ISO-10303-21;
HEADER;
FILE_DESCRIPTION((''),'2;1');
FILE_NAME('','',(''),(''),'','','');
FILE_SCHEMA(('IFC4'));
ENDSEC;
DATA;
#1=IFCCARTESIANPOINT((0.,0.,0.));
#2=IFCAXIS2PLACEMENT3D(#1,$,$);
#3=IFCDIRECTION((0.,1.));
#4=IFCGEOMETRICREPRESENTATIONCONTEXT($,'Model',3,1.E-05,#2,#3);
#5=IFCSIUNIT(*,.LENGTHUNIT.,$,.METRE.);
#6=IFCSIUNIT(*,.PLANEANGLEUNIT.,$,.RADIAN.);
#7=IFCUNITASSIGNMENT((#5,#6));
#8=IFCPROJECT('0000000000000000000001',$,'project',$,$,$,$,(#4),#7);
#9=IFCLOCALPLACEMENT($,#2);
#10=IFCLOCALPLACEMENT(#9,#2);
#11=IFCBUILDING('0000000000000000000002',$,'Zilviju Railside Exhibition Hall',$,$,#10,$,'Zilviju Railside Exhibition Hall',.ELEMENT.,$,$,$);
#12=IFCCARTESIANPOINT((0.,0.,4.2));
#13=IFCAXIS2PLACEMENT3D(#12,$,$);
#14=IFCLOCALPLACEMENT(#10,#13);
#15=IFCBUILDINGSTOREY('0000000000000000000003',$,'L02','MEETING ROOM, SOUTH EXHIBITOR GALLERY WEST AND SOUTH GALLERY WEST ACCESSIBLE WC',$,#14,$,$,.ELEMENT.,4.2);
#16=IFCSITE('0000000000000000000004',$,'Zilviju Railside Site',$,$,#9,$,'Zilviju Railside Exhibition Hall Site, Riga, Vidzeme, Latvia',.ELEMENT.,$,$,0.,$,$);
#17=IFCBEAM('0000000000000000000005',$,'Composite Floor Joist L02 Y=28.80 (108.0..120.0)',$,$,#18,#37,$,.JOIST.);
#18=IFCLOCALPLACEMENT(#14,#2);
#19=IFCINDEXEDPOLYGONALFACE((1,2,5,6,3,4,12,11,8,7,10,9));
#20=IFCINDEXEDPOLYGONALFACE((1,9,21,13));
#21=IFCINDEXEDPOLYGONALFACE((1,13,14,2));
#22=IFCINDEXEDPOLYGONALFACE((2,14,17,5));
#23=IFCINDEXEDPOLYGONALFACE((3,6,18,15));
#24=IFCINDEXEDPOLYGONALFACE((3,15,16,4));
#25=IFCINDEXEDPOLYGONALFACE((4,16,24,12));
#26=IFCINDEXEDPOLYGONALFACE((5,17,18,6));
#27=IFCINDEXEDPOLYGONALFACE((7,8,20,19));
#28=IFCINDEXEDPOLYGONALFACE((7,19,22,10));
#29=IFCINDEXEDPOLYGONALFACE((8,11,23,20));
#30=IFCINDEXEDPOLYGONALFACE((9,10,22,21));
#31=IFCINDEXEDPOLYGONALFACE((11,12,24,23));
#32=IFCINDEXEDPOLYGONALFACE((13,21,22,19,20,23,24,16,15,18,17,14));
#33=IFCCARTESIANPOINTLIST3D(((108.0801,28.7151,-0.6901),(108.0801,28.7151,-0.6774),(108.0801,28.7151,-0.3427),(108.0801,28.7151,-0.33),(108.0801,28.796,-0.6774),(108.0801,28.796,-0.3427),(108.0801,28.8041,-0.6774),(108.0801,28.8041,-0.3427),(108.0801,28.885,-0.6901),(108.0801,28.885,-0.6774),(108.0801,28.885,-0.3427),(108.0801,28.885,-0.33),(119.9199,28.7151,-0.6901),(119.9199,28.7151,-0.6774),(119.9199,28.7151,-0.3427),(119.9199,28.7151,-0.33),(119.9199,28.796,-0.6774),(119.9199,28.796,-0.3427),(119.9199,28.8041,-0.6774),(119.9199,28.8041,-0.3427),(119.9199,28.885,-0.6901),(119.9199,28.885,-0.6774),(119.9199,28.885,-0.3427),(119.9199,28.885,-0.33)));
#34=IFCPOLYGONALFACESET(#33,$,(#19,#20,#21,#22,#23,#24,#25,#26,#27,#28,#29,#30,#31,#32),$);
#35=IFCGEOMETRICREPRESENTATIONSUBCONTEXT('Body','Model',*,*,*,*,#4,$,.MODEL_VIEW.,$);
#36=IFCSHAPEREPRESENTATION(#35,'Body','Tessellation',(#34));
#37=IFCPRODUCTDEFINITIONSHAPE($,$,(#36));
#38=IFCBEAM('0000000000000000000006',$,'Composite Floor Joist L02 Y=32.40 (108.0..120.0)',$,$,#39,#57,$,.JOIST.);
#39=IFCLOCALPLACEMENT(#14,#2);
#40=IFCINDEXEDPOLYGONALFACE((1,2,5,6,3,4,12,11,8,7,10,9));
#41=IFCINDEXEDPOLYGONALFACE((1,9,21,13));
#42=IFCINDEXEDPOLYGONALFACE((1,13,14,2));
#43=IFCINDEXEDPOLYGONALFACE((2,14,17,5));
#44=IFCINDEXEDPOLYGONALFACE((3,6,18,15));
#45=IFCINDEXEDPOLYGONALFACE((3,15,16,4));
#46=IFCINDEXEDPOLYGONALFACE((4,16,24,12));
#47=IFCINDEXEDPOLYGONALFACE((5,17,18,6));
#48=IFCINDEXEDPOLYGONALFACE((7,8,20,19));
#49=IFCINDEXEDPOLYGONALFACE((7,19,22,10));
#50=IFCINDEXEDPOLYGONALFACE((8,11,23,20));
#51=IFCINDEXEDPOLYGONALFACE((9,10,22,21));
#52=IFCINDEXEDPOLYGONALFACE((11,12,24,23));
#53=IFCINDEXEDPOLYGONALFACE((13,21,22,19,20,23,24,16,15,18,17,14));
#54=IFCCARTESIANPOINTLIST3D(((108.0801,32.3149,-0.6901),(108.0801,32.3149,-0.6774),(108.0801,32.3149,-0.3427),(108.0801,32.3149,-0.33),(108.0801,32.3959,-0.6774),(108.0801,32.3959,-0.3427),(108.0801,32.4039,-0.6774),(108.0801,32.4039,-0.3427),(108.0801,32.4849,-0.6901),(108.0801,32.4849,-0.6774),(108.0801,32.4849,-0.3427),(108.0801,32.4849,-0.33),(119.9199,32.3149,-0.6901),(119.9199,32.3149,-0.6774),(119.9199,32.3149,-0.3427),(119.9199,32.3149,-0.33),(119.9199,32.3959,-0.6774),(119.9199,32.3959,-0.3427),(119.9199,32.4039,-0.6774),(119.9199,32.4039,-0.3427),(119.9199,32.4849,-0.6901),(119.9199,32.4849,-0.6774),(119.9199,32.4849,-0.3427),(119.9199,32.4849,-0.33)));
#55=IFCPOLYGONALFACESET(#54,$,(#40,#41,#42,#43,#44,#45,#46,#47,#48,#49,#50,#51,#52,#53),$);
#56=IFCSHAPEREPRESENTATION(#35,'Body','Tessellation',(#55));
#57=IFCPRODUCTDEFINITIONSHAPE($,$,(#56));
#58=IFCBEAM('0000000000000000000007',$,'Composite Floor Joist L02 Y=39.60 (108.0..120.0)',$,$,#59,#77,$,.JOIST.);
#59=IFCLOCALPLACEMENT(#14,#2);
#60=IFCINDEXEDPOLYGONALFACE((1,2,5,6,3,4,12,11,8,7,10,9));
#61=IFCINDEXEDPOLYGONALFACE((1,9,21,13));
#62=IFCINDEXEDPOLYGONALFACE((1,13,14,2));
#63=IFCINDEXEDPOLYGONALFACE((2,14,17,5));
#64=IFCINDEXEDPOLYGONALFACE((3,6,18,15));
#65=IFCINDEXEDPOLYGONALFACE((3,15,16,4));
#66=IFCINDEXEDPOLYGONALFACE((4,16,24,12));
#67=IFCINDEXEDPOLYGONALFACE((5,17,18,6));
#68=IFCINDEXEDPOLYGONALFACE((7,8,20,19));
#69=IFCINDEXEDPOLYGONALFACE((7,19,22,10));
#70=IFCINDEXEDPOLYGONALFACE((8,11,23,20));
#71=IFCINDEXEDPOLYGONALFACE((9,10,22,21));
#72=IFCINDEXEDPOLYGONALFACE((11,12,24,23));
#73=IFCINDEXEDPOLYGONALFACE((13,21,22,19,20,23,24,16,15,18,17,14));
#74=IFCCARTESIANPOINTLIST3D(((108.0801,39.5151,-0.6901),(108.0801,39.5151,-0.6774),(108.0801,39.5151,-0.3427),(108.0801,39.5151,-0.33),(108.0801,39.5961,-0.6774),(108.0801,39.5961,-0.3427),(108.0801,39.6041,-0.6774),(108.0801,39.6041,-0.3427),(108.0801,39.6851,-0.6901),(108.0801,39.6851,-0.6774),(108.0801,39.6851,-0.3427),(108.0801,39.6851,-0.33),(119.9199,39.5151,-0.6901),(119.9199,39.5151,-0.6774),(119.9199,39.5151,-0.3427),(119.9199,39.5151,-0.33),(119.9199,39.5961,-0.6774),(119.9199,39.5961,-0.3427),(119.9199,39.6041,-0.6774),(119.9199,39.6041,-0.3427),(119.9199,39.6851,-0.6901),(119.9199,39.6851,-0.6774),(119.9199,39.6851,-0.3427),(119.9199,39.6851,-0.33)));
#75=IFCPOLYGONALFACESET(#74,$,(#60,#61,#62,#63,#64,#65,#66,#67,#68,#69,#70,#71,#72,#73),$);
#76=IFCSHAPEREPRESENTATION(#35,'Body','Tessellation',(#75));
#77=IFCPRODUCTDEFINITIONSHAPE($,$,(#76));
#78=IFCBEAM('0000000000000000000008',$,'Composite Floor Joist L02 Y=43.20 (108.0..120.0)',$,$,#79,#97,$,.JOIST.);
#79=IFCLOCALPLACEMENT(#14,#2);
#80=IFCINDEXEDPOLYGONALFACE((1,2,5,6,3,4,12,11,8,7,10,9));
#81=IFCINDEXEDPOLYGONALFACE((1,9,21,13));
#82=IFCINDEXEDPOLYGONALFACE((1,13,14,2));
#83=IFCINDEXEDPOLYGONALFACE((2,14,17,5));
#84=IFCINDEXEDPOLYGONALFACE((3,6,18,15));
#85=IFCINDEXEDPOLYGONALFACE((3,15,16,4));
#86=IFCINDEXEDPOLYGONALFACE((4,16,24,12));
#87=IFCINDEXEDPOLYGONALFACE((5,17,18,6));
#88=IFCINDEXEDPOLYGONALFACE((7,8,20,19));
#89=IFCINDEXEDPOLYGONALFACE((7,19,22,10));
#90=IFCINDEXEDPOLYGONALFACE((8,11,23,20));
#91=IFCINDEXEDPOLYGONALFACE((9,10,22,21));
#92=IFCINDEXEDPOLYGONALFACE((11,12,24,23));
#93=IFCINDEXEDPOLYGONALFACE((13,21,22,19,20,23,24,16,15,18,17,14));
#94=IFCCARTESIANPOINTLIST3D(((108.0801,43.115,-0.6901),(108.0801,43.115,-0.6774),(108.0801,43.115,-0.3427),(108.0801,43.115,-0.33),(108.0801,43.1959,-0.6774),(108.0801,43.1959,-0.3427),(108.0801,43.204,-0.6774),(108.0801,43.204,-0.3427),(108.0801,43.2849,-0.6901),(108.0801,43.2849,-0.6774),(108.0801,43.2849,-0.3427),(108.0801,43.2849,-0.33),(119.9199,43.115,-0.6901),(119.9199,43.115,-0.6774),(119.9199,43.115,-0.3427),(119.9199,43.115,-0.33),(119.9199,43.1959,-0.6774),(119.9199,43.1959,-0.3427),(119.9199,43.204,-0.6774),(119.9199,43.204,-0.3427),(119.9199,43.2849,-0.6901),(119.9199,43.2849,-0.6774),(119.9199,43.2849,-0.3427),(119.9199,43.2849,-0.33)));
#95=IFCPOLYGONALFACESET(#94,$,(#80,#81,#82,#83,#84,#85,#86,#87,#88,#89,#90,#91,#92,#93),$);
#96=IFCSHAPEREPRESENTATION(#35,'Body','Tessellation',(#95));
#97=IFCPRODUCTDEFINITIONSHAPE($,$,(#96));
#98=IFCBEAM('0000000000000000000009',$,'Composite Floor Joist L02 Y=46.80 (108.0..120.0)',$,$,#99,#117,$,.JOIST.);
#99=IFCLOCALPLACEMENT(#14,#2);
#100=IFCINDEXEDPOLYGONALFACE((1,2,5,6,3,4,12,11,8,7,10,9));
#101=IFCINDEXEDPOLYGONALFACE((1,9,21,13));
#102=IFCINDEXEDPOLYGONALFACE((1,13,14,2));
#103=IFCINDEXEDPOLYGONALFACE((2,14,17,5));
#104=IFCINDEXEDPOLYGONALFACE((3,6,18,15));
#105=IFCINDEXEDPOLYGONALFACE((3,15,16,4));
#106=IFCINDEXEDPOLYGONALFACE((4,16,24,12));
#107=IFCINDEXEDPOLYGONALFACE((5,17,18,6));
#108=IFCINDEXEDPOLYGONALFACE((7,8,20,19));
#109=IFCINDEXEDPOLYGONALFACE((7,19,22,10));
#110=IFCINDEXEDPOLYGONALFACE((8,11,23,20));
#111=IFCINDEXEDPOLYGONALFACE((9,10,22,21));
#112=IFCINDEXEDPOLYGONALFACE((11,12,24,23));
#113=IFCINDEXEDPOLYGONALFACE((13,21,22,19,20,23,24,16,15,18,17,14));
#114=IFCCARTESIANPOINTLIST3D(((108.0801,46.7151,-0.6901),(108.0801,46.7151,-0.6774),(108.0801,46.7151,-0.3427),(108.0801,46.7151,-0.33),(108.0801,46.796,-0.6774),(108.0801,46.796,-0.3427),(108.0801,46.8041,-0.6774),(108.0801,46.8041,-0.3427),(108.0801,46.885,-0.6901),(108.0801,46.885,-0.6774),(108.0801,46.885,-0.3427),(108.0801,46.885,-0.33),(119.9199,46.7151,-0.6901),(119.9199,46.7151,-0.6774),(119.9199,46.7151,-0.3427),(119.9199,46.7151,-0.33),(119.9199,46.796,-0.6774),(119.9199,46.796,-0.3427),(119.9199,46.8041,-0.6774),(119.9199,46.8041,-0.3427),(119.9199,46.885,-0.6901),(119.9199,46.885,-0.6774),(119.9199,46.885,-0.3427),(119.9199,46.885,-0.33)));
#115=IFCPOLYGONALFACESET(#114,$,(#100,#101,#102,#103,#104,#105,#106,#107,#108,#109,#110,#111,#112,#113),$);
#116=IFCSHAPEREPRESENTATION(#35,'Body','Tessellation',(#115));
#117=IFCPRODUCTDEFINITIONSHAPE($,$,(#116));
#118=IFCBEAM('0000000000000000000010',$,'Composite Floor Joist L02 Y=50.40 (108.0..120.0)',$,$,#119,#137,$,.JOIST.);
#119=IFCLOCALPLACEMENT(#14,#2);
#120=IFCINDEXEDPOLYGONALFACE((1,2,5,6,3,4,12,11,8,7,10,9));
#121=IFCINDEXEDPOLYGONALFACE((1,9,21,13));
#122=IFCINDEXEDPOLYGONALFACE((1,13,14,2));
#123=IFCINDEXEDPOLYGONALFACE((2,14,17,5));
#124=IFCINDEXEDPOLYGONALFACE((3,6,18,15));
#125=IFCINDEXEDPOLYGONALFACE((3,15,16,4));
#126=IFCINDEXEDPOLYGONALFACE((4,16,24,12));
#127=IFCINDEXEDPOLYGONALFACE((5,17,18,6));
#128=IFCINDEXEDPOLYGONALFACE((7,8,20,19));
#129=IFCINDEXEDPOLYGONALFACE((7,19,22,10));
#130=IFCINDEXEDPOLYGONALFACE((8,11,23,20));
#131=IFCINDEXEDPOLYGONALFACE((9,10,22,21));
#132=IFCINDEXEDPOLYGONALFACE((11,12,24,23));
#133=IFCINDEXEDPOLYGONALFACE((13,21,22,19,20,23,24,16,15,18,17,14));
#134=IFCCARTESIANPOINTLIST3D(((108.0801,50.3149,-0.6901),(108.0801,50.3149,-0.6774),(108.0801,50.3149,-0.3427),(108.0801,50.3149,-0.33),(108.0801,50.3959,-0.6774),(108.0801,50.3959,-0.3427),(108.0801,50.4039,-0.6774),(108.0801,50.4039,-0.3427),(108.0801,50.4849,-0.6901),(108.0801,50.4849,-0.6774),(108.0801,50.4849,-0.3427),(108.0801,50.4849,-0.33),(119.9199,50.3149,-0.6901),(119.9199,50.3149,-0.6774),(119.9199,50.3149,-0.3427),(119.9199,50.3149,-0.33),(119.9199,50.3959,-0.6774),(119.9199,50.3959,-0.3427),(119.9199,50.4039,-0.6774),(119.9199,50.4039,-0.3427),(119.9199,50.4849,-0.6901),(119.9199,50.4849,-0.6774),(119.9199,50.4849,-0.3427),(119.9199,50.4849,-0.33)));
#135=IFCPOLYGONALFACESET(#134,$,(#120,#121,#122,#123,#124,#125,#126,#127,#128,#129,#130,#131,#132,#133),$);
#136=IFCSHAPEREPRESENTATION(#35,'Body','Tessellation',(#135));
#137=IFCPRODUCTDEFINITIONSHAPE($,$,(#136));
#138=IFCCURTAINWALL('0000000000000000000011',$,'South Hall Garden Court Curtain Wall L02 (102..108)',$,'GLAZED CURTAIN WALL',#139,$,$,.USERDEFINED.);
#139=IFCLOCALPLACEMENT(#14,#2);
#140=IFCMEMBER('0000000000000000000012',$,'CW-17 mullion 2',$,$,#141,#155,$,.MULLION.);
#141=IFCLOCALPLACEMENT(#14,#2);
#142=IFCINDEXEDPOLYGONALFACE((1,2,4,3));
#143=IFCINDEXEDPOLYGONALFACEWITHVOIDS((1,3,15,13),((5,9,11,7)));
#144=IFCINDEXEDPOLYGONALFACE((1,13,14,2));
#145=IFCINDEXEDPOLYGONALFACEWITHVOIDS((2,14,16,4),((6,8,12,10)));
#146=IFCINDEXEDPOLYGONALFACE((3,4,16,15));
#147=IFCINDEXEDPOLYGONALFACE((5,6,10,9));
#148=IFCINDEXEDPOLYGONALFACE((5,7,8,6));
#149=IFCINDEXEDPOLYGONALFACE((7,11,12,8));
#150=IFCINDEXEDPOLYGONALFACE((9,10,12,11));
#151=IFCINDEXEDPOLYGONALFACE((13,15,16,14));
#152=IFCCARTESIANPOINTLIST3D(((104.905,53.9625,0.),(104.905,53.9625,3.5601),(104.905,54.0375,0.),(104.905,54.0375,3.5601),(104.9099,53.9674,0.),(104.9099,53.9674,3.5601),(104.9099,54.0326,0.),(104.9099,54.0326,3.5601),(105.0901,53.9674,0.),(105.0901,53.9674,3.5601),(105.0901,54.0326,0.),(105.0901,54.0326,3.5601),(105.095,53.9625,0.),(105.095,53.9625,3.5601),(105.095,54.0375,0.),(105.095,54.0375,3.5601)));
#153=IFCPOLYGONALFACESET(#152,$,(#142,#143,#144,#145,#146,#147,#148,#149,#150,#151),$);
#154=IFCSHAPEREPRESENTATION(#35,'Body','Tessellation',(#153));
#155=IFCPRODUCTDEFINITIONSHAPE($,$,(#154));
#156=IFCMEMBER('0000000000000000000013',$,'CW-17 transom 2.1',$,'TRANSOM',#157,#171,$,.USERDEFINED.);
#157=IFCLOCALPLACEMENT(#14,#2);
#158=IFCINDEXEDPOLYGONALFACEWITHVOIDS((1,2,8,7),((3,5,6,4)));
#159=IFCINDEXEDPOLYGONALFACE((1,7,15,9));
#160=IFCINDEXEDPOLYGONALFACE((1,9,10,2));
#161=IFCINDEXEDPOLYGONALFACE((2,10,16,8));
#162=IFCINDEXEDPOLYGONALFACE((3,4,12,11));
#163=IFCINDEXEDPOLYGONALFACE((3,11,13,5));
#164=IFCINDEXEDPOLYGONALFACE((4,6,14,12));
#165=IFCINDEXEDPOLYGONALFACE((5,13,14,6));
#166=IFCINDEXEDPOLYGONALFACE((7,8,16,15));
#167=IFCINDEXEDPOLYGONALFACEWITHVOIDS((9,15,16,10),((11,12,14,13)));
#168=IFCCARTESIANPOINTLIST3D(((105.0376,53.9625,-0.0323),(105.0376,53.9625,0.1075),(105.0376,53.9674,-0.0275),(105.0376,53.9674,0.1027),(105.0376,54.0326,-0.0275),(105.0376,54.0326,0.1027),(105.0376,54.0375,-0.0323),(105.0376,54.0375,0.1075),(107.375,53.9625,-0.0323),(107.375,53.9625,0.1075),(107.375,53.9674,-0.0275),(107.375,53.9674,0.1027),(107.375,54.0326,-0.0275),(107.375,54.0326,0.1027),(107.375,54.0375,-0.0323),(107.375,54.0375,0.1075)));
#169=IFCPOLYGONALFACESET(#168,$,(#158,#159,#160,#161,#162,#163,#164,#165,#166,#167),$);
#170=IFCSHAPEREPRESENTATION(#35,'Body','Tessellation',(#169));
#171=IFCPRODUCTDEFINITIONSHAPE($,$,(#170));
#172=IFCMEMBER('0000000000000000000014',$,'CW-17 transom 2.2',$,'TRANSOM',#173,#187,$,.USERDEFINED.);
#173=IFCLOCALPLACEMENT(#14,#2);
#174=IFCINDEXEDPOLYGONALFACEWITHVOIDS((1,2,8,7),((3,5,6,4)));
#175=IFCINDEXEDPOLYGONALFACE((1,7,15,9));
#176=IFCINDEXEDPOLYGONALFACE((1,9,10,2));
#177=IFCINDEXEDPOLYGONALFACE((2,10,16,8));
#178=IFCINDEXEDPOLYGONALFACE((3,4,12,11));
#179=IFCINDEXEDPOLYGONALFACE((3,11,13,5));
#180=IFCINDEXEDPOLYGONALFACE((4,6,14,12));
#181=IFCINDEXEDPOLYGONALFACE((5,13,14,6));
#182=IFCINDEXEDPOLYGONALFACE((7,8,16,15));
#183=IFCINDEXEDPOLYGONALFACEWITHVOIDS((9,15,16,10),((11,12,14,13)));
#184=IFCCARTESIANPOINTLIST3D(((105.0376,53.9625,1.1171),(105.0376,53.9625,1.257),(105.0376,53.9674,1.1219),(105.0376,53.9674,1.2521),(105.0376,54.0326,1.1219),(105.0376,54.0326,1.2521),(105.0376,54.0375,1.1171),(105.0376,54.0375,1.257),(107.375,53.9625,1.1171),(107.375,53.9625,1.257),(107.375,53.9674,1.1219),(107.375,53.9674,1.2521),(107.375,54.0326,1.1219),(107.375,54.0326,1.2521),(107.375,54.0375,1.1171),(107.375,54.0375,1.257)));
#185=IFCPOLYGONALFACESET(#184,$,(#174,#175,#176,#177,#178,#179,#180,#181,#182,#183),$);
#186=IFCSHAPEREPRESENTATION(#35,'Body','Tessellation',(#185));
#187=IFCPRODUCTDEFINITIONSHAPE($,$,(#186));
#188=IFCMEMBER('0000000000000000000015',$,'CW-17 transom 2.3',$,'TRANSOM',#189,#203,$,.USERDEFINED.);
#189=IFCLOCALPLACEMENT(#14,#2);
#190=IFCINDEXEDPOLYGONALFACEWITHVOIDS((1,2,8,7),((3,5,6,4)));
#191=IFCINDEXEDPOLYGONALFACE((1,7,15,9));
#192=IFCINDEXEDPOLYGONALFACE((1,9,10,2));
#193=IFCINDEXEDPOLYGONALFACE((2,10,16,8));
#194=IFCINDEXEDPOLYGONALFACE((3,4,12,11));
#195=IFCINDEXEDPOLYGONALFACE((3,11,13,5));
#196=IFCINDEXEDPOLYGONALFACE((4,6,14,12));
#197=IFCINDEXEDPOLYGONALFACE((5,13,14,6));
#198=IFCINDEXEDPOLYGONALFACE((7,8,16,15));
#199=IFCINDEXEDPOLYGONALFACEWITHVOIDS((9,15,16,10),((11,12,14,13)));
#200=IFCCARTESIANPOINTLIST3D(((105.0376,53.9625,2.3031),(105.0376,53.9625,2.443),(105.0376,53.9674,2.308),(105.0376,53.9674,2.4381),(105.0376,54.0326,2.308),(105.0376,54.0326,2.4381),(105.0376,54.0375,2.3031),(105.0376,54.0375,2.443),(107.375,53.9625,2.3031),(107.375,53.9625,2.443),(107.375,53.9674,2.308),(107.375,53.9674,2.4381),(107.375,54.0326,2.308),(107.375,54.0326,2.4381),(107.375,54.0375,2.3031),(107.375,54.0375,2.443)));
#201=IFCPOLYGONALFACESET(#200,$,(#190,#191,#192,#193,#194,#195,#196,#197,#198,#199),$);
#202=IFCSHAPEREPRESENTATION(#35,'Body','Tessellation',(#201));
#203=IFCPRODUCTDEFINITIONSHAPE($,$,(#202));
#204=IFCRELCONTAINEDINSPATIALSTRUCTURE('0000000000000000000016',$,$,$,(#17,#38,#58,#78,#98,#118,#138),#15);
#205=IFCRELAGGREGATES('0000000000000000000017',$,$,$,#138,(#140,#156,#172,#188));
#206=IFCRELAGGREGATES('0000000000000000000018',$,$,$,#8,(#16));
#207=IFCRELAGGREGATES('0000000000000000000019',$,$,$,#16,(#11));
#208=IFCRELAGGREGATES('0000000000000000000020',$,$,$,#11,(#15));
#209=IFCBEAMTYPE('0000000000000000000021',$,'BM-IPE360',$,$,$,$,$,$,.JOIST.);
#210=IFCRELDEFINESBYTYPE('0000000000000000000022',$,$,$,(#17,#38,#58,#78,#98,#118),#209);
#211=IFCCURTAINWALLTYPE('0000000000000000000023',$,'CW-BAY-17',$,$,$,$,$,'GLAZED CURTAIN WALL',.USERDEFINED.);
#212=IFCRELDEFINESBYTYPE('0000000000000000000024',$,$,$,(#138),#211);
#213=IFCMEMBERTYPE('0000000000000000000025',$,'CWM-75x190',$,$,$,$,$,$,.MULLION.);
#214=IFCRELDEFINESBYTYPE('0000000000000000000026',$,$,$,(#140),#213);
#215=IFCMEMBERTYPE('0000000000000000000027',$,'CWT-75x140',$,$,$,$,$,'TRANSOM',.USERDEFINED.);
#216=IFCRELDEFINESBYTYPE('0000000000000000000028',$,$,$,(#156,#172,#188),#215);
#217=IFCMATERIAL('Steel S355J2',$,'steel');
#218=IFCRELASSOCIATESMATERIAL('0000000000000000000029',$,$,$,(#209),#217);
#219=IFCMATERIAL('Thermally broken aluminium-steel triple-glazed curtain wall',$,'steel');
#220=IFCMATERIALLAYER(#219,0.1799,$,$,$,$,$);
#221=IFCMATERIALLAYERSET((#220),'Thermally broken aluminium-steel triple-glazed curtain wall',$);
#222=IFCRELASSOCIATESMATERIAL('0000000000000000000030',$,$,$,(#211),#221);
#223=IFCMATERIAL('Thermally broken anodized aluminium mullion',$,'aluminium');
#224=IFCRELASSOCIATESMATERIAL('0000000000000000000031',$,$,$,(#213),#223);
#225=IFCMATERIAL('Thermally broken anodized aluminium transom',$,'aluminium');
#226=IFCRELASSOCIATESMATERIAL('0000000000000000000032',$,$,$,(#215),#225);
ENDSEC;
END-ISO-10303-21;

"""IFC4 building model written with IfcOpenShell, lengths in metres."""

from ifc_helpers import new_model, si_unit, direction, frame, origin, origin_2d, place, context, subcontext, project, spatial, hollow_rectangle, i_section, extrude, material, layer, layer_set, material_profile, profile_set, type_object, element, aggregate, save


model = new_model("IFC4")

# Units and contexts
model_context = context("Model", 3, precision=1e-05, world=origin(), true_north=direction((0.0, 1.0)))
body_context = subcontext(model_context, "Body", "Model", "MODEL_VIEW")
ifc_project = project(units=[si_unit("LENGTHUNIT", "METRE"), si_unit("PLANEANGLEUNIT", "RADIAN")], contexts=[model_context])

# Site, building, storey
site_placement = place(None, origin())
site = spatial("IfcSite", under=ifc_project, at=site_placement, Name="Zilviju Railside Site", LongName="Zilviju Railside Exhibition Hall Site, Riga, Vidzeme, Latvia", CompositionType="ELEMENT", RefElevation=0.0)
building_placement = place(site_placement, origin())
building = spatial("IfcBuilding", under=site, at=building_placement, Name="Zilviju Railside Exhibition Hall", LongName="Zilviju Railside Exhibition Hall", CompositionType="ELEMENT")
storey_placement = place(building_placement, frame((0.0, 0.0, 4.2)))
storey = spatial("IfcBuildingStorey", under=building, at=storey_placement, Name="L02", Description="MEETING ROOM, SOUTH EXHIBITOR GALLERY WEST AND SOUTH GALLERY WEST ACCESSIBLE WC", CompositionType="ELEMENT", Elevation=4.2)

# Beams
ifc_material_1 = material(Name="Steel S355J2", Category="steel")
ifc_material_profile_1 = material_profile(ifc_material_1, i_section(OverallWidth=0.1699, OverallDepth=0.3601, WebThickness=0.0081, FlangeThickness=0.0127, at=origin_2d()), Name="IPE 360")
ifc_profile_set_1 = profile_set([ifc_material_profile_1], Name="Steel S355J2")
beam_type_1 = type_object("IfcBeamType", Name="BM-IPE360", PredefinedType="JOIST", material=ifc_profile_set_1)
for number, where, z_axis, x_axis, name in (
    (1, (108.0801, 28.8, -0.51), (1.0, 0.0, 0.0), (0.0, 1.0, 0.0), "Composite Floor Joist L02 Y=28.80 (108.0..120.0)"),
    (2, (108.0801, 32.3999, -0.51), (1.0, 0.0, 0.0), (0.0, 1.0, 0.0), "Composite Floor Joist L02 Y=32.40 (108.0..120.0)"),
    (3, (108.0801, 39.6001, -0.51), (1.0, 0.0, 0.0), (0.0, 1.0, 0.0), "Composite Floor Joist L02 Y=39.60 (108.0..120.0)"),
    (4, (108.0801, 43.2, -0.51), (1.0, 0.0, 0.0), (0.0, 1.0, 0.0), "Composite Floor Joist L02 Y=43.20 (108.0..120.0)"),
    (5, (108.0801, 46.8, -0.51), (1.0, 0.0, 0.0), (0.0, 1.0, 0.0), "Composite Floor Joist L02 Y=46.80 (108.0..120.0)"),
    (6, (108.0801, 50.3999, -0.51), (1.0, 0.0, 0.0), (0.0, 1.0, 0.0), "Composite Floor Joist L02 Y=50.40 (108.0..120.0)"),
):
    element("IfcBeam", number, at=place(storey_placement, frame(where, z_axis=z_axis, x_axis=x_axis)), inside=storey, type_object=beam_type_1, Name=name, PredefinedType="JOIST", context=body_context, shape_type="SweptSolid", body=[
        extrude(i_section(OverallWidth=0.1699, OverallDepth=0.3601, WebThickness=0.0081, FlangeThickness=0.0127, at=origin_2d()), origin(), (0.0, 0.0, 1.0), 11.8398),
    ])

# Curtain wall, members
ifc_material_2 = material(Name="Thermally broken aluminium-steel triple-glazed curtain wall", Category="steel")
ifc_layer_1 = layer(ifc_material_2, 0.1799)
ifc_layer_set_1 = layer_set([ifc_layer_1], Name="Thermally broken aluminium-steel triple-glazed curtain wall")
curtain_wall_type = type_object("IfcCurtainWallType", Name="CW-BAY-17", ElementType="GLAZED CURTAIN WALL", PredefinedType="USERDEFINED", material=ifc_layer_set_1)
curtain_wall_placement = place(storey_placement, origin())
curtain_wall = element("IfcCurtainWall", 7, at=curtain_wall_placement, inside=storey, type_object=curtain_wall_type, Name="South Hall Garden Court Curtain Wall L02 (102..108)", ObjectType="GLAZED CURTAIN WALL", PredefinedType="USERDEFINED")
ifc_material_3 = material(Name="Thermally broken anodized aluminium mullion", Category="aluminium")
ifc_material_profile_2 = material_profile(ifc_material_3, hollow_rectangle(XDim=0.075, YDim=0.1899, WallThickness=0.0049, at=origin_2d()), Name="MULLION 190x75x5")
ifc_profile_set_2 = profile_set([ifc_material_profile_2], Name="Thermally broken anodized aluminium mullion")
member_type_1 = type_object("IfcMemberType", Name="CWM-75x190", PredefinedType="MULLION", material=ifc_profile_set_2)
member_1_placement = place(storey_placement, frame((105.0, 54.0, 0.0), z_axis=(0.0, 0.0, 1.0), x_axis=(0.0, 1.0, 0.0)))
member_1 = element("IfcMember", 8, at=member_1_placement, type_object=member_type_1, Name="CW-17 mullion 2", PredefinedType="MULLION", context=body_context, shape_type="SweptSolid", body=[
    extrude(hollow_rectangle(XDim=0.075, YDim=0.1899, WallThickness=0.0049, at=origin_2d()), origin(), (0.0, 0.0, 1.0), 3.5601),
])
ifc_material_4 = material(Name="Thermally broken anodized aluminium transom", Category="aluminium")
ifc_material_profile_3 = material_profile(ifc_material_4, hollow_rectangle(XDim=0.075, YDim=0.1399, WallThickness=0.0049, at=origin_2d()), Name="TRANSOM 140x75x5")
ifc_profile_set_3 = profile_set([ifc_material_profile_3], Name="Thermally broken anodized aluminium transom")
member_type_2 = type_object("IfcMemberType", Name="CWT-75x140", ElementType="TRANSOM", PredefinedType="USERDEFINED", material=ifc_profile_set_3)
member_2_placement = place(storey_placement, frame((105.0376, 54.0, 0.0376), z_axis=(1.0, 0.0, 0.0), x_axis=(0.0, 1.0, 0.0)))
member_2 = element("IfcMember", 9, at=member_2_placement, type_object=member_type_2, Name="CW-17 transom 2.1", ObjectType="TRANSOM", PredefinedType="USERDEFINED", context=body_context, shape_type="SweptSolid", body=[
    extrude(hollow_rectangle(XDim=0.075, YDim=0.1399, WallThickness=0.0049, at=origin_2d()), origin(), (0.0, 0.0, 1.0), 2.3374),
])
member_3_placement = place(storey_placement, frame((105.0376, 54.0, 1.187), z_axis=(1.0, 0.0, 0.0), x_axis=(0.0, 1.0, 0.0)))
member_3 = element("IfcMember", 10, at=member_3_placement, type_object=member_type_2, Name="CW-17 transom 2.2", ObjectType="TRANSOM", PredefinedType="USERDEFINED", context=body_context, shape_type="SweptSolid", body=[
    extrude(hollow_rectangle(XDim=0.075, YDim=0.1399, WallThickness=0.0049, at=origin_2d()), origin(), (0.0, 0.0, 1.0), 2.3374),
])
member_4_placement = place(storey_placement, frame((105.0376, 54.0, 2.373), z_axis=(1.0, 0.0, 0.0), x_axis=(0.0, 1.0, 0.0)))
member_4 = element("IfcMember", 11, at=member_4_placement, type_object=member_type_2, Name="CW-17 transom 2.3", ObjectType="TRANSOM", PredefinedType="USERDEFINED", context=body_context, shape_type="SweptSolid", body=[
    extrude(hollow_rectangle(XDim=0.075, YDim=0.1399, WallThickness=0.0049, at=origin_2d()), origin(), (0.0, 0.0, 1.0), 2.3374),
])
aggregate(curtain_wall, [member_1, member_2, member_3, member_4])

save(model, "model.ifc")
